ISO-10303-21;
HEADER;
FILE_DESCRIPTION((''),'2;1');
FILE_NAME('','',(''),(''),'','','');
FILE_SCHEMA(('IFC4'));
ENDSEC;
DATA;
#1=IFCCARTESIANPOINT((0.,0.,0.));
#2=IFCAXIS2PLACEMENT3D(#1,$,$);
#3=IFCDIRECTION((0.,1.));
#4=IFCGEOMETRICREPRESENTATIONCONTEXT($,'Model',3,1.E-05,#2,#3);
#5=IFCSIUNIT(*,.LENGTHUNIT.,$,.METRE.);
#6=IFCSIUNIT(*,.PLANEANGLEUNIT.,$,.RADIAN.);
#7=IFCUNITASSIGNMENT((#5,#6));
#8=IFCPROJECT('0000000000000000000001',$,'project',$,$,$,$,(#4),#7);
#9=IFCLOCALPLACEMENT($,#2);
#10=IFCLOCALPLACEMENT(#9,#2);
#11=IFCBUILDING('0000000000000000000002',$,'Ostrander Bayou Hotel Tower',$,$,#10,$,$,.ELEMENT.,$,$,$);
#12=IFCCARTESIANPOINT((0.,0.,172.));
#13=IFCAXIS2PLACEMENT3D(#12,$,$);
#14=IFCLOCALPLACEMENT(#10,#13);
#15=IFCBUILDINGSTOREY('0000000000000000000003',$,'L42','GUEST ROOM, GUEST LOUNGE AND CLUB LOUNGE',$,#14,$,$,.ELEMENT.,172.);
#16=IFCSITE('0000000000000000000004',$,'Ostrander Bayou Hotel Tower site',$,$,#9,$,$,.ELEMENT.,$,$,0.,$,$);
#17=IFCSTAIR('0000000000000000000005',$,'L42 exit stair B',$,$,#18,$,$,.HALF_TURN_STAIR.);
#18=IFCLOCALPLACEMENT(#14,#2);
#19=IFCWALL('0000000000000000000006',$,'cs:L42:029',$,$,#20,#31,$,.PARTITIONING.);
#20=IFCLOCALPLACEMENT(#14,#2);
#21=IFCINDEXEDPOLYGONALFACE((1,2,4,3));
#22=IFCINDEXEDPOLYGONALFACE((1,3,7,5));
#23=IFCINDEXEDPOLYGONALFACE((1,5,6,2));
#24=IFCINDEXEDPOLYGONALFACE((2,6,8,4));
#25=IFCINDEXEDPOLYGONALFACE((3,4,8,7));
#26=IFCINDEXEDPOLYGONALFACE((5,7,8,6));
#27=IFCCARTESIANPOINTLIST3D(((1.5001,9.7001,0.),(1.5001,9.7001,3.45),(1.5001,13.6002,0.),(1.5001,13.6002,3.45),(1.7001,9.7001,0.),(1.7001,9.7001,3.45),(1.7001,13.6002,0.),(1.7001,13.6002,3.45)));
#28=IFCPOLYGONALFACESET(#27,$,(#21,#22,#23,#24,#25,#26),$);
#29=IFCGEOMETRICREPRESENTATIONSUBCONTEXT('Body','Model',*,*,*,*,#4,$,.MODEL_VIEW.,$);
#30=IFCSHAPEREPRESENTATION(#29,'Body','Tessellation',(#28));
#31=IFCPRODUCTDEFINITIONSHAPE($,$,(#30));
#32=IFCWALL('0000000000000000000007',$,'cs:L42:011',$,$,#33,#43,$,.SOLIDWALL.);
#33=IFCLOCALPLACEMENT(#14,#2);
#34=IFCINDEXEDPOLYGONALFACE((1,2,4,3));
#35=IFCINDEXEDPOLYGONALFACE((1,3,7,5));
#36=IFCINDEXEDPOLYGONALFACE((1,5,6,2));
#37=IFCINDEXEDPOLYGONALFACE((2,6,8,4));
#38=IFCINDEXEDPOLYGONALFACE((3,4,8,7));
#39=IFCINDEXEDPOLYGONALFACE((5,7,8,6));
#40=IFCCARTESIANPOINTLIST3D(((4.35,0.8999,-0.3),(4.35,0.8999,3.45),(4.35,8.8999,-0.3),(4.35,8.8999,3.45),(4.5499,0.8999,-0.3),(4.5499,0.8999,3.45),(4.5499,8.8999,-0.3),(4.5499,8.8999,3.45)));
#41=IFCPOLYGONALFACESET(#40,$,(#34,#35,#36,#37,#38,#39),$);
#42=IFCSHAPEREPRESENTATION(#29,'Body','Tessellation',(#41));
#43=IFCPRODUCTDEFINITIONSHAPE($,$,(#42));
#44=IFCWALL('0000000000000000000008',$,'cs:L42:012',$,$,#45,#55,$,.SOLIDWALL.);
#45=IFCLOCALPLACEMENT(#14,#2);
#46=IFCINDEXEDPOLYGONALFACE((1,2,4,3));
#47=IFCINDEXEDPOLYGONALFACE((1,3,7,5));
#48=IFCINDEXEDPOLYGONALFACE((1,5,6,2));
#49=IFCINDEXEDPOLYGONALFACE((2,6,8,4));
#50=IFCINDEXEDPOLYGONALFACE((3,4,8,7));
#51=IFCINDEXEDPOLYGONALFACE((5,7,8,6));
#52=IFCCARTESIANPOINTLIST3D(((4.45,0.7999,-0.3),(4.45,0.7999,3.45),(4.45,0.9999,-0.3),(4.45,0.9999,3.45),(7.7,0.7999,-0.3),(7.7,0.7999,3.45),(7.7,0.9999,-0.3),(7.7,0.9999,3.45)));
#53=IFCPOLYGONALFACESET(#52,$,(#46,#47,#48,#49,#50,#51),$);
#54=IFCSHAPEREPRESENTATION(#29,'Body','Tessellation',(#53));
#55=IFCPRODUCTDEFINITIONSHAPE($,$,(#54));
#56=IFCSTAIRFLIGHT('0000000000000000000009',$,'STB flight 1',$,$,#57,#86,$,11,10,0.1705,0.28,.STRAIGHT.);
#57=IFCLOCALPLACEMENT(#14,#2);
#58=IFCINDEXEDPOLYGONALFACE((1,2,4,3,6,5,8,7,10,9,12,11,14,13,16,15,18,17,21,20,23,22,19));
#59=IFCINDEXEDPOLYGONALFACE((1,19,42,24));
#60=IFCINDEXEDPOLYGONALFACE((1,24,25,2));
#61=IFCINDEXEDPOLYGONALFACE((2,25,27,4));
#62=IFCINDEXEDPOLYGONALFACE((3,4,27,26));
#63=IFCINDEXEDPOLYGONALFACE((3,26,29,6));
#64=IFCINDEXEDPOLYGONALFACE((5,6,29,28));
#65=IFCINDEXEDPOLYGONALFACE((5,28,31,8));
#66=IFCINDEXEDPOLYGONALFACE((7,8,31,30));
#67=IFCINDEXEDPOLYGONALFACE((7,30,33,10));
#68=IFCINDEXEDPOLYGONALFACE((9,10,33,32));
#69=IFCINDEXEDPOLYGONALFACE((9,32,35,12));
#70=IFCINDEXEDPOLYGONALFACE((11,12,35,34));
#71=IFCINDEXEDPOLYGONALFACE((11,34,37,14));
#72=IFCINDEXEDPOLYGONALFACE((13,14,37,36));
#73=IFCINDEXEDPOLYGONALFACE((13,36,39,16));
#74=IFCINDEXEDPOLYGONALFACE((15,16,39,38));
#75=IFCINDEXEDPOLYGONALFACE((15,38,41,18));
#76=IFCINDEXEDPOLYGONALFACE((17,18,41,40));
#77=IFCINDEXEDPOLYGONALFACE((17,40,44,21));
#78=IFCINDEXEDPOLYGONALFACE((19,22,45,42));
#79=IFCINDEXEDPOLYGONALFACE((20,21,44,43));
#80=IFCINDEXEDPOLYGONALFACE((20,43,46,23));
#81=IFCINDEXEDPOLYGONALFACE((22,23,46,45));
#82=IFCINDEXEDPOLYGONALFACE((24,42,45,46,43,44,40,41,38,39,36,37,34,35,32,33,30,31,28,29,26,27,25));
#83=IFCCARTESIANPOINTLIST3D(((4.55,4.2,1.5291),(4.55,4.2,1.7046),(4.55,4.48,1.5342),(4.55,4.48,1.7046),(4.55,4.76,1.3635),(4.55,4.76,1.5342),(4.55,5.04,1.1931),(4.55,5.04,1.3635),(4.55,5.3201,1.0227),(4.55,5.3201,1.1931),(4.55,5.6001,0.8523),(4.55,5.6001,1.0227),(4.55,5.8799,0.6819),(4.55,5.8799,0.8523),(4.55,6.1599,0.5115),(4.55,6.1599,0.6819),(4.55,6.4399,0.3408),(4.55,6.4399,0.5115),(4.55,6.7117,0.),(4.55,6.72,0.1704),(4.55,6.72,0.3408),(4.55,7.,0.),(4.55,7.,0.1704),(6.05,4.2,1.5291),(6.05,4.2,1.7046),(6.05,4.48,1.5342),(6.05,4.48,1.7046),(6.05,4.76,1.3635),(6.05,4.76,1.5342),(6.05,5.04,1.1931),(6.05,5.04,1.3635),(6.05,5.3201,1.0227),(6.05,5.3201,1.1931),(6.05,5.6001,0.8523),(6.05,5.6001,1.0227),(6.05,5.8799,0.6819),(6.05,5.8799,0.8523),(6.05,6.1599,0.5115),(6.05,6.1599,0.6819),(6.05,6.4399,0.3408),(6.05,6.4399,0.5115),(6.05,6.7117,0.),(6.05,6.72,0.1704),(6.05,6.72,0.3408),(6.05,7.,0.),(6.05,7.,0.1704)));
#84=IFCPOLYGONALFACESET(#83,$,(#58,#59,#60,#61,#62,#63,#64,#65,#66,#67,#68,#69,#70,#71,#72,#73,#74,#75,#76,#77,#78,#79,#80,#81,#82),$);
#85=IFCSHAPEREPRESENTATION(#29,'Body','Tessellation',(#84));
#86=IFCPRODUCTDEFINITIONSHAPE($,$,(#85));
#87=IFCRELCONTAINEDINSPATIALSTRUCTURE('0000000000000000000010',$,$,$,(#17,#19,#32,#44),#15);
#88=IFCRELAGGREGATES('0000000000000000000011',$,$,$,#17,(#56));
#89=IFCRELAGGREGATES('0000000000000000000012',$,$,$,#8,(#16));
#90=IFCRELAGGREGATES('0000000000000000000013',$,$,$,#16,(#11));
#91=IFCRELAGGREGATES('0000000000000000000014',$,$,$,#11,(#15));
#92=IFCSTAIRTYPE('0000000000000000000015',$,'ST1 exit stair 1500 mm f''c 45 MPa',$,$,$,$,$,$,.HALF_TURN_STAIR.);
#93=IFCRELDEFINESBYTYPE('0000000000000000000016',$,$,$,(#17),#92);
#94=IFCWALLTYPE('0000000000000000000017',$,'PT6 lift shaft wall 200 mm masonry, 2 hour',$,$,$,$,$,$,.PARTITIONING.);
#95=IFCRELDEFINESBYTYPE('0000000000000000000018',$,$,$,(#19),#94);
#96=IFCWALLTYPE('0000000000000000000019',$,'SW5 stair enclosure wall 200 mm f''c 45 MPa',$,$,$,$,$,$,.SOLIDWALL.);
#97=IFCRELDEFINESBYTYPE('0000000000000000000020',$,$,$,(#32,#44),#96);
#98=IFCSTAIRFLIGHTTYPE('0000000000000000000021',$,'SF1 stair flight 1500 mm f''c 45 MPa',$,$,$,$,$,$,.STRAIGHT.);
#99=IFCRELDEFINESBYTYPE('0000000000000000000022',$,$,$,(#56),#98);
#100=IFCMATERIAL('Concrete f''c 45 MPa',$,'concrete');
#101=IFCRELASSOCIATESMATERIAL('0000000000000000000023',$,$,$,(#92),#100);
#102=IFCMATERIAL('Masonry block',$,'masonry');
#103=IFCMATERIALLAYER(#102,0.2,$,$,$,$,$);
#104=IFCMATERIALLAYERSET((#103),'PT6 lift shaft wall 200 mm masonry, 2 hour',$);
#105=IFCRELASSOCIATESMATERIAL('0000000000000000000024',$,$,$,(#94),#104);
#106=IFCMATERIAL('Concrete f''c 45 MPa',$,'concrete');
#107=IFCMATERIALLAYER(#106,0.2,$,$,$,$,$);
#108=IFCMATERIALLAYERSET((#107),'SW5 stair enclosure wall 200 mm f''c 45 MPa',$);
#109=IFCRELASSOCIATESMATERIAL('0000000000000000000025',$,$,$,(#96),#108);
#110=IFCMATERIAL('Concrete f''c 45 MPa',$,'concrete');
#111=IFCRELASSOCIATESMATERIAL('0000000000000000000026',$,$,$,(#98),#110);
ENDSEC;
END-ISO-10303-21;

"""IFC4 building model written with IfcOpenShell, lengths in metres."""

from ifc_helpers import new_model, si_unit, direction, frame, frame_2d, origin, place, context, subcontext, project, spatial, polyline, rectangle, outline, extrude, material, layer, layer_set, type_object, element, aggregate, save


model = new_model("IFC4")

# Units and contexts
model_context = context("Model", 3, precision=1e-05, world=origin(), true_north=direction((0.0, 1.0)))
body_context = subcontext(model_context, "Body", "Model", "MODEL_VIEW")
ifc_project = project(units=[si_unit("LENGTHUNIT", "METRE"), si_unit("PLANEANGLEUNIT", "RADIAN")], contexts=[model_context])

# Site, building, storey
site_placement = place(None, origin())
site = spatial("IfcSite", under=ifc_project, at=site_placement, Name="Ostrander Bayou Hotel Tower site", CompositionType="ELEMENT", RefElevation=0.0)
building_placement = place(site_placement, origin())
building = spatial("IfcBuilding", under=site, at=building_placement, Name="Ostrander Bayou Hotel Tower", CompositionType="ELEMENT")
storey_placement = place(building_placement, frame((0.0, 0.0, 172.0)))
storey = spatial("IfcBuildingStorey", under=building, at=storey_placement, Name="L42", Description="GUEST ROOM, GUEST LOUNGE AND CLUB LOUNGE", CompositionType="ELEMENT", Elevation=172.0)

# Stair
ifc_material_1 = material(Name="Concrete f'c 45 MPa", Category="concrete")
stair_type = type_object("IfcStairType", Name="ST1 exit stair 1500 mm f'c 45 MPa", PredefinedType="HALF_TURN_STAIR", material=ifc_material_1)
stair_1_placement = place(storey_placement, origin())
stair_1 = element("IfcStair", 1, at=stair_1_placement, inside=storey, type_object=stair_type, Name="L42 exit stair B", PredefinedType="HALF_TURN_STAIR")

# Shared definitions
ifc_material_2 = material(Name="Masonry block", Category="masonry")
ifc_layer_1 = layer(ifc_material_2, 0.2)
ifc_layer_set_1 = layer_set([ifc_layer_1], Name="PT6 lift shaft wall 200 mm masonry, 2 hour")
wall_type_1 = type_object("IfcWallType", Name="PT6 lift shaft wall 200 mm masonry, 2 hour", PredefinedType="PARTITIONING", material=ifc_layer_set_1)

# Walls
wall_1_placement = place(storey_placement, frame((1.6001, 9.7, 0.0), z_axis=(0.0, 0.0, 1.0), x_axis=(0.0, 1.0, 0.0)))
element("IfcWall", 2, at=wall_1_placement, inside=storey, type_object=wall_type_1, Name="cs:L42:029", PredefinedType="PARTITIONING", context=body_context, shape_type="SweptSolid", body=[
    extrude(rectangle(XDim=3.9001, YDim=0.2, at=frame_2d((1.9502, 0.0))), origin(), (0.0, 0.0, 1.0), 3.45),
])
ifc_material_3 = material(Name="Concrete f'c 45 MPa", Category="concrete")
ifc_layer_2 = layer(ifc_material_3, 0.2)
ifc_layer_set_2 = layer_set([ifc_layer_2], Name="SW5 stair enclosure wall 200 mm f'c 45 MPa")
wall_type_2 = type_object("IfcWallType", Name="SW5 stair enclosure wall 200 mm f'c 45 MPa", PredefinedType="SOLIDWALL", material=ifc_layer_set_2)
wall_2_placement = place(storey_placement, frame((4.45, 0.8999, -0.3), z_axis=(0.0, 0.0, 1.0), x_axis=(0.0, 1.0, 0.0)))
element("IfcWall", 3, at=wall_2_placement, inside=storey, type_object=wall_type_2, Name="cs:L42:011", PredefinedType="SOLIDWALL", context=body_context, shape_type="SweptSolid", body=[
    extrude(rectangle(XDim=8.0, YDim=0.2, at=frame_2d((4.0, 0.0))), origin(), (0.0, 0.0, 1.0), 3.75),
])
wall_3_placement = place(storey_placement, frame((4.45, 0.8999, -0.3), z_axis=(0.0, 0.0, 1.0), x_axis=(1.0, 0.0, 0.0)))
element("IfcWall", 4, at=wall_3_placement, inside=storey, type_object=wall_type_2, Name="cs:L42:012", PredefinedType="SOLIDWALL", context=body_context, shape_type="SweptSolid", body=[
    extrude(rectangle(XDim=3.25, YDim=0.2, at=frame_2d((1.625, 0.0))), origin(), (0.0, 0.0, 1.0), 3.75),
])

# Stair flight
ifc_material_4 = material(Name="Concrete f'c 45 MPa", Category="concrete")
stair_flight_type = type_object("IfcStairFlightType", Name="SF1 stair flight 1500 mm f'c 45 MPa", PredefinedType="STRAIGHT", material=ifc_material_4)
stair_flight_placement = place(storey_placement, frame((5.3, 7.0, 0.0), z_axis=(0.0, 0.0, 1.0), x_axis=(0.0, -1.0, 0.0)))
stair_flight = element("IfcStairFlight", 5, at=stair_flight_placement, type_object=stair_flight_type, Name="STB flight 1", NumberOfRisers=11, NumberOfTreads=10, PredefinedType="STRAIGHT", RiserHeight=0.1705, TreadLength=0.28, context=body_context, shape_type="SweptSolid", body=[
    extrude(outline(polyline([(0.0, 0.0), (0.0, 0.1704), (0.28, 0.1704), (0.28, 0.3408), (0.5601, 0.3408), (0.5601, 0.5115), (0.8401, 0.5115), (0.8401, 0.6819), (1.1201, 0.6819), (1.1201, 0.8523), (1.3999, 0.8523), (1.3999, 1.0227), (1.6799, 1.0227), (1.6799, 1.1931), (1.96, 1.1931), (1.96, 1.3635), (2.24, 1.3635), (2.24, 1.5342), (2.52, 1.5342), (2.52, 1.7046), (2.8, 1.7046), (2.8, 1.875), (2.8, 1.5291), (0.2883, 0.0), (0.0, 0.0)])), frame((0.0, 0.75, 0.0), z_axis=(0.0, -1.0, 0.0), x_axis=(1.0, 0.0, 0.0)), (0.0, 0.0, 1.0), 1.5),
])
aggregate(stair_1, [stair_flight])

save(model, "model.ifc")
